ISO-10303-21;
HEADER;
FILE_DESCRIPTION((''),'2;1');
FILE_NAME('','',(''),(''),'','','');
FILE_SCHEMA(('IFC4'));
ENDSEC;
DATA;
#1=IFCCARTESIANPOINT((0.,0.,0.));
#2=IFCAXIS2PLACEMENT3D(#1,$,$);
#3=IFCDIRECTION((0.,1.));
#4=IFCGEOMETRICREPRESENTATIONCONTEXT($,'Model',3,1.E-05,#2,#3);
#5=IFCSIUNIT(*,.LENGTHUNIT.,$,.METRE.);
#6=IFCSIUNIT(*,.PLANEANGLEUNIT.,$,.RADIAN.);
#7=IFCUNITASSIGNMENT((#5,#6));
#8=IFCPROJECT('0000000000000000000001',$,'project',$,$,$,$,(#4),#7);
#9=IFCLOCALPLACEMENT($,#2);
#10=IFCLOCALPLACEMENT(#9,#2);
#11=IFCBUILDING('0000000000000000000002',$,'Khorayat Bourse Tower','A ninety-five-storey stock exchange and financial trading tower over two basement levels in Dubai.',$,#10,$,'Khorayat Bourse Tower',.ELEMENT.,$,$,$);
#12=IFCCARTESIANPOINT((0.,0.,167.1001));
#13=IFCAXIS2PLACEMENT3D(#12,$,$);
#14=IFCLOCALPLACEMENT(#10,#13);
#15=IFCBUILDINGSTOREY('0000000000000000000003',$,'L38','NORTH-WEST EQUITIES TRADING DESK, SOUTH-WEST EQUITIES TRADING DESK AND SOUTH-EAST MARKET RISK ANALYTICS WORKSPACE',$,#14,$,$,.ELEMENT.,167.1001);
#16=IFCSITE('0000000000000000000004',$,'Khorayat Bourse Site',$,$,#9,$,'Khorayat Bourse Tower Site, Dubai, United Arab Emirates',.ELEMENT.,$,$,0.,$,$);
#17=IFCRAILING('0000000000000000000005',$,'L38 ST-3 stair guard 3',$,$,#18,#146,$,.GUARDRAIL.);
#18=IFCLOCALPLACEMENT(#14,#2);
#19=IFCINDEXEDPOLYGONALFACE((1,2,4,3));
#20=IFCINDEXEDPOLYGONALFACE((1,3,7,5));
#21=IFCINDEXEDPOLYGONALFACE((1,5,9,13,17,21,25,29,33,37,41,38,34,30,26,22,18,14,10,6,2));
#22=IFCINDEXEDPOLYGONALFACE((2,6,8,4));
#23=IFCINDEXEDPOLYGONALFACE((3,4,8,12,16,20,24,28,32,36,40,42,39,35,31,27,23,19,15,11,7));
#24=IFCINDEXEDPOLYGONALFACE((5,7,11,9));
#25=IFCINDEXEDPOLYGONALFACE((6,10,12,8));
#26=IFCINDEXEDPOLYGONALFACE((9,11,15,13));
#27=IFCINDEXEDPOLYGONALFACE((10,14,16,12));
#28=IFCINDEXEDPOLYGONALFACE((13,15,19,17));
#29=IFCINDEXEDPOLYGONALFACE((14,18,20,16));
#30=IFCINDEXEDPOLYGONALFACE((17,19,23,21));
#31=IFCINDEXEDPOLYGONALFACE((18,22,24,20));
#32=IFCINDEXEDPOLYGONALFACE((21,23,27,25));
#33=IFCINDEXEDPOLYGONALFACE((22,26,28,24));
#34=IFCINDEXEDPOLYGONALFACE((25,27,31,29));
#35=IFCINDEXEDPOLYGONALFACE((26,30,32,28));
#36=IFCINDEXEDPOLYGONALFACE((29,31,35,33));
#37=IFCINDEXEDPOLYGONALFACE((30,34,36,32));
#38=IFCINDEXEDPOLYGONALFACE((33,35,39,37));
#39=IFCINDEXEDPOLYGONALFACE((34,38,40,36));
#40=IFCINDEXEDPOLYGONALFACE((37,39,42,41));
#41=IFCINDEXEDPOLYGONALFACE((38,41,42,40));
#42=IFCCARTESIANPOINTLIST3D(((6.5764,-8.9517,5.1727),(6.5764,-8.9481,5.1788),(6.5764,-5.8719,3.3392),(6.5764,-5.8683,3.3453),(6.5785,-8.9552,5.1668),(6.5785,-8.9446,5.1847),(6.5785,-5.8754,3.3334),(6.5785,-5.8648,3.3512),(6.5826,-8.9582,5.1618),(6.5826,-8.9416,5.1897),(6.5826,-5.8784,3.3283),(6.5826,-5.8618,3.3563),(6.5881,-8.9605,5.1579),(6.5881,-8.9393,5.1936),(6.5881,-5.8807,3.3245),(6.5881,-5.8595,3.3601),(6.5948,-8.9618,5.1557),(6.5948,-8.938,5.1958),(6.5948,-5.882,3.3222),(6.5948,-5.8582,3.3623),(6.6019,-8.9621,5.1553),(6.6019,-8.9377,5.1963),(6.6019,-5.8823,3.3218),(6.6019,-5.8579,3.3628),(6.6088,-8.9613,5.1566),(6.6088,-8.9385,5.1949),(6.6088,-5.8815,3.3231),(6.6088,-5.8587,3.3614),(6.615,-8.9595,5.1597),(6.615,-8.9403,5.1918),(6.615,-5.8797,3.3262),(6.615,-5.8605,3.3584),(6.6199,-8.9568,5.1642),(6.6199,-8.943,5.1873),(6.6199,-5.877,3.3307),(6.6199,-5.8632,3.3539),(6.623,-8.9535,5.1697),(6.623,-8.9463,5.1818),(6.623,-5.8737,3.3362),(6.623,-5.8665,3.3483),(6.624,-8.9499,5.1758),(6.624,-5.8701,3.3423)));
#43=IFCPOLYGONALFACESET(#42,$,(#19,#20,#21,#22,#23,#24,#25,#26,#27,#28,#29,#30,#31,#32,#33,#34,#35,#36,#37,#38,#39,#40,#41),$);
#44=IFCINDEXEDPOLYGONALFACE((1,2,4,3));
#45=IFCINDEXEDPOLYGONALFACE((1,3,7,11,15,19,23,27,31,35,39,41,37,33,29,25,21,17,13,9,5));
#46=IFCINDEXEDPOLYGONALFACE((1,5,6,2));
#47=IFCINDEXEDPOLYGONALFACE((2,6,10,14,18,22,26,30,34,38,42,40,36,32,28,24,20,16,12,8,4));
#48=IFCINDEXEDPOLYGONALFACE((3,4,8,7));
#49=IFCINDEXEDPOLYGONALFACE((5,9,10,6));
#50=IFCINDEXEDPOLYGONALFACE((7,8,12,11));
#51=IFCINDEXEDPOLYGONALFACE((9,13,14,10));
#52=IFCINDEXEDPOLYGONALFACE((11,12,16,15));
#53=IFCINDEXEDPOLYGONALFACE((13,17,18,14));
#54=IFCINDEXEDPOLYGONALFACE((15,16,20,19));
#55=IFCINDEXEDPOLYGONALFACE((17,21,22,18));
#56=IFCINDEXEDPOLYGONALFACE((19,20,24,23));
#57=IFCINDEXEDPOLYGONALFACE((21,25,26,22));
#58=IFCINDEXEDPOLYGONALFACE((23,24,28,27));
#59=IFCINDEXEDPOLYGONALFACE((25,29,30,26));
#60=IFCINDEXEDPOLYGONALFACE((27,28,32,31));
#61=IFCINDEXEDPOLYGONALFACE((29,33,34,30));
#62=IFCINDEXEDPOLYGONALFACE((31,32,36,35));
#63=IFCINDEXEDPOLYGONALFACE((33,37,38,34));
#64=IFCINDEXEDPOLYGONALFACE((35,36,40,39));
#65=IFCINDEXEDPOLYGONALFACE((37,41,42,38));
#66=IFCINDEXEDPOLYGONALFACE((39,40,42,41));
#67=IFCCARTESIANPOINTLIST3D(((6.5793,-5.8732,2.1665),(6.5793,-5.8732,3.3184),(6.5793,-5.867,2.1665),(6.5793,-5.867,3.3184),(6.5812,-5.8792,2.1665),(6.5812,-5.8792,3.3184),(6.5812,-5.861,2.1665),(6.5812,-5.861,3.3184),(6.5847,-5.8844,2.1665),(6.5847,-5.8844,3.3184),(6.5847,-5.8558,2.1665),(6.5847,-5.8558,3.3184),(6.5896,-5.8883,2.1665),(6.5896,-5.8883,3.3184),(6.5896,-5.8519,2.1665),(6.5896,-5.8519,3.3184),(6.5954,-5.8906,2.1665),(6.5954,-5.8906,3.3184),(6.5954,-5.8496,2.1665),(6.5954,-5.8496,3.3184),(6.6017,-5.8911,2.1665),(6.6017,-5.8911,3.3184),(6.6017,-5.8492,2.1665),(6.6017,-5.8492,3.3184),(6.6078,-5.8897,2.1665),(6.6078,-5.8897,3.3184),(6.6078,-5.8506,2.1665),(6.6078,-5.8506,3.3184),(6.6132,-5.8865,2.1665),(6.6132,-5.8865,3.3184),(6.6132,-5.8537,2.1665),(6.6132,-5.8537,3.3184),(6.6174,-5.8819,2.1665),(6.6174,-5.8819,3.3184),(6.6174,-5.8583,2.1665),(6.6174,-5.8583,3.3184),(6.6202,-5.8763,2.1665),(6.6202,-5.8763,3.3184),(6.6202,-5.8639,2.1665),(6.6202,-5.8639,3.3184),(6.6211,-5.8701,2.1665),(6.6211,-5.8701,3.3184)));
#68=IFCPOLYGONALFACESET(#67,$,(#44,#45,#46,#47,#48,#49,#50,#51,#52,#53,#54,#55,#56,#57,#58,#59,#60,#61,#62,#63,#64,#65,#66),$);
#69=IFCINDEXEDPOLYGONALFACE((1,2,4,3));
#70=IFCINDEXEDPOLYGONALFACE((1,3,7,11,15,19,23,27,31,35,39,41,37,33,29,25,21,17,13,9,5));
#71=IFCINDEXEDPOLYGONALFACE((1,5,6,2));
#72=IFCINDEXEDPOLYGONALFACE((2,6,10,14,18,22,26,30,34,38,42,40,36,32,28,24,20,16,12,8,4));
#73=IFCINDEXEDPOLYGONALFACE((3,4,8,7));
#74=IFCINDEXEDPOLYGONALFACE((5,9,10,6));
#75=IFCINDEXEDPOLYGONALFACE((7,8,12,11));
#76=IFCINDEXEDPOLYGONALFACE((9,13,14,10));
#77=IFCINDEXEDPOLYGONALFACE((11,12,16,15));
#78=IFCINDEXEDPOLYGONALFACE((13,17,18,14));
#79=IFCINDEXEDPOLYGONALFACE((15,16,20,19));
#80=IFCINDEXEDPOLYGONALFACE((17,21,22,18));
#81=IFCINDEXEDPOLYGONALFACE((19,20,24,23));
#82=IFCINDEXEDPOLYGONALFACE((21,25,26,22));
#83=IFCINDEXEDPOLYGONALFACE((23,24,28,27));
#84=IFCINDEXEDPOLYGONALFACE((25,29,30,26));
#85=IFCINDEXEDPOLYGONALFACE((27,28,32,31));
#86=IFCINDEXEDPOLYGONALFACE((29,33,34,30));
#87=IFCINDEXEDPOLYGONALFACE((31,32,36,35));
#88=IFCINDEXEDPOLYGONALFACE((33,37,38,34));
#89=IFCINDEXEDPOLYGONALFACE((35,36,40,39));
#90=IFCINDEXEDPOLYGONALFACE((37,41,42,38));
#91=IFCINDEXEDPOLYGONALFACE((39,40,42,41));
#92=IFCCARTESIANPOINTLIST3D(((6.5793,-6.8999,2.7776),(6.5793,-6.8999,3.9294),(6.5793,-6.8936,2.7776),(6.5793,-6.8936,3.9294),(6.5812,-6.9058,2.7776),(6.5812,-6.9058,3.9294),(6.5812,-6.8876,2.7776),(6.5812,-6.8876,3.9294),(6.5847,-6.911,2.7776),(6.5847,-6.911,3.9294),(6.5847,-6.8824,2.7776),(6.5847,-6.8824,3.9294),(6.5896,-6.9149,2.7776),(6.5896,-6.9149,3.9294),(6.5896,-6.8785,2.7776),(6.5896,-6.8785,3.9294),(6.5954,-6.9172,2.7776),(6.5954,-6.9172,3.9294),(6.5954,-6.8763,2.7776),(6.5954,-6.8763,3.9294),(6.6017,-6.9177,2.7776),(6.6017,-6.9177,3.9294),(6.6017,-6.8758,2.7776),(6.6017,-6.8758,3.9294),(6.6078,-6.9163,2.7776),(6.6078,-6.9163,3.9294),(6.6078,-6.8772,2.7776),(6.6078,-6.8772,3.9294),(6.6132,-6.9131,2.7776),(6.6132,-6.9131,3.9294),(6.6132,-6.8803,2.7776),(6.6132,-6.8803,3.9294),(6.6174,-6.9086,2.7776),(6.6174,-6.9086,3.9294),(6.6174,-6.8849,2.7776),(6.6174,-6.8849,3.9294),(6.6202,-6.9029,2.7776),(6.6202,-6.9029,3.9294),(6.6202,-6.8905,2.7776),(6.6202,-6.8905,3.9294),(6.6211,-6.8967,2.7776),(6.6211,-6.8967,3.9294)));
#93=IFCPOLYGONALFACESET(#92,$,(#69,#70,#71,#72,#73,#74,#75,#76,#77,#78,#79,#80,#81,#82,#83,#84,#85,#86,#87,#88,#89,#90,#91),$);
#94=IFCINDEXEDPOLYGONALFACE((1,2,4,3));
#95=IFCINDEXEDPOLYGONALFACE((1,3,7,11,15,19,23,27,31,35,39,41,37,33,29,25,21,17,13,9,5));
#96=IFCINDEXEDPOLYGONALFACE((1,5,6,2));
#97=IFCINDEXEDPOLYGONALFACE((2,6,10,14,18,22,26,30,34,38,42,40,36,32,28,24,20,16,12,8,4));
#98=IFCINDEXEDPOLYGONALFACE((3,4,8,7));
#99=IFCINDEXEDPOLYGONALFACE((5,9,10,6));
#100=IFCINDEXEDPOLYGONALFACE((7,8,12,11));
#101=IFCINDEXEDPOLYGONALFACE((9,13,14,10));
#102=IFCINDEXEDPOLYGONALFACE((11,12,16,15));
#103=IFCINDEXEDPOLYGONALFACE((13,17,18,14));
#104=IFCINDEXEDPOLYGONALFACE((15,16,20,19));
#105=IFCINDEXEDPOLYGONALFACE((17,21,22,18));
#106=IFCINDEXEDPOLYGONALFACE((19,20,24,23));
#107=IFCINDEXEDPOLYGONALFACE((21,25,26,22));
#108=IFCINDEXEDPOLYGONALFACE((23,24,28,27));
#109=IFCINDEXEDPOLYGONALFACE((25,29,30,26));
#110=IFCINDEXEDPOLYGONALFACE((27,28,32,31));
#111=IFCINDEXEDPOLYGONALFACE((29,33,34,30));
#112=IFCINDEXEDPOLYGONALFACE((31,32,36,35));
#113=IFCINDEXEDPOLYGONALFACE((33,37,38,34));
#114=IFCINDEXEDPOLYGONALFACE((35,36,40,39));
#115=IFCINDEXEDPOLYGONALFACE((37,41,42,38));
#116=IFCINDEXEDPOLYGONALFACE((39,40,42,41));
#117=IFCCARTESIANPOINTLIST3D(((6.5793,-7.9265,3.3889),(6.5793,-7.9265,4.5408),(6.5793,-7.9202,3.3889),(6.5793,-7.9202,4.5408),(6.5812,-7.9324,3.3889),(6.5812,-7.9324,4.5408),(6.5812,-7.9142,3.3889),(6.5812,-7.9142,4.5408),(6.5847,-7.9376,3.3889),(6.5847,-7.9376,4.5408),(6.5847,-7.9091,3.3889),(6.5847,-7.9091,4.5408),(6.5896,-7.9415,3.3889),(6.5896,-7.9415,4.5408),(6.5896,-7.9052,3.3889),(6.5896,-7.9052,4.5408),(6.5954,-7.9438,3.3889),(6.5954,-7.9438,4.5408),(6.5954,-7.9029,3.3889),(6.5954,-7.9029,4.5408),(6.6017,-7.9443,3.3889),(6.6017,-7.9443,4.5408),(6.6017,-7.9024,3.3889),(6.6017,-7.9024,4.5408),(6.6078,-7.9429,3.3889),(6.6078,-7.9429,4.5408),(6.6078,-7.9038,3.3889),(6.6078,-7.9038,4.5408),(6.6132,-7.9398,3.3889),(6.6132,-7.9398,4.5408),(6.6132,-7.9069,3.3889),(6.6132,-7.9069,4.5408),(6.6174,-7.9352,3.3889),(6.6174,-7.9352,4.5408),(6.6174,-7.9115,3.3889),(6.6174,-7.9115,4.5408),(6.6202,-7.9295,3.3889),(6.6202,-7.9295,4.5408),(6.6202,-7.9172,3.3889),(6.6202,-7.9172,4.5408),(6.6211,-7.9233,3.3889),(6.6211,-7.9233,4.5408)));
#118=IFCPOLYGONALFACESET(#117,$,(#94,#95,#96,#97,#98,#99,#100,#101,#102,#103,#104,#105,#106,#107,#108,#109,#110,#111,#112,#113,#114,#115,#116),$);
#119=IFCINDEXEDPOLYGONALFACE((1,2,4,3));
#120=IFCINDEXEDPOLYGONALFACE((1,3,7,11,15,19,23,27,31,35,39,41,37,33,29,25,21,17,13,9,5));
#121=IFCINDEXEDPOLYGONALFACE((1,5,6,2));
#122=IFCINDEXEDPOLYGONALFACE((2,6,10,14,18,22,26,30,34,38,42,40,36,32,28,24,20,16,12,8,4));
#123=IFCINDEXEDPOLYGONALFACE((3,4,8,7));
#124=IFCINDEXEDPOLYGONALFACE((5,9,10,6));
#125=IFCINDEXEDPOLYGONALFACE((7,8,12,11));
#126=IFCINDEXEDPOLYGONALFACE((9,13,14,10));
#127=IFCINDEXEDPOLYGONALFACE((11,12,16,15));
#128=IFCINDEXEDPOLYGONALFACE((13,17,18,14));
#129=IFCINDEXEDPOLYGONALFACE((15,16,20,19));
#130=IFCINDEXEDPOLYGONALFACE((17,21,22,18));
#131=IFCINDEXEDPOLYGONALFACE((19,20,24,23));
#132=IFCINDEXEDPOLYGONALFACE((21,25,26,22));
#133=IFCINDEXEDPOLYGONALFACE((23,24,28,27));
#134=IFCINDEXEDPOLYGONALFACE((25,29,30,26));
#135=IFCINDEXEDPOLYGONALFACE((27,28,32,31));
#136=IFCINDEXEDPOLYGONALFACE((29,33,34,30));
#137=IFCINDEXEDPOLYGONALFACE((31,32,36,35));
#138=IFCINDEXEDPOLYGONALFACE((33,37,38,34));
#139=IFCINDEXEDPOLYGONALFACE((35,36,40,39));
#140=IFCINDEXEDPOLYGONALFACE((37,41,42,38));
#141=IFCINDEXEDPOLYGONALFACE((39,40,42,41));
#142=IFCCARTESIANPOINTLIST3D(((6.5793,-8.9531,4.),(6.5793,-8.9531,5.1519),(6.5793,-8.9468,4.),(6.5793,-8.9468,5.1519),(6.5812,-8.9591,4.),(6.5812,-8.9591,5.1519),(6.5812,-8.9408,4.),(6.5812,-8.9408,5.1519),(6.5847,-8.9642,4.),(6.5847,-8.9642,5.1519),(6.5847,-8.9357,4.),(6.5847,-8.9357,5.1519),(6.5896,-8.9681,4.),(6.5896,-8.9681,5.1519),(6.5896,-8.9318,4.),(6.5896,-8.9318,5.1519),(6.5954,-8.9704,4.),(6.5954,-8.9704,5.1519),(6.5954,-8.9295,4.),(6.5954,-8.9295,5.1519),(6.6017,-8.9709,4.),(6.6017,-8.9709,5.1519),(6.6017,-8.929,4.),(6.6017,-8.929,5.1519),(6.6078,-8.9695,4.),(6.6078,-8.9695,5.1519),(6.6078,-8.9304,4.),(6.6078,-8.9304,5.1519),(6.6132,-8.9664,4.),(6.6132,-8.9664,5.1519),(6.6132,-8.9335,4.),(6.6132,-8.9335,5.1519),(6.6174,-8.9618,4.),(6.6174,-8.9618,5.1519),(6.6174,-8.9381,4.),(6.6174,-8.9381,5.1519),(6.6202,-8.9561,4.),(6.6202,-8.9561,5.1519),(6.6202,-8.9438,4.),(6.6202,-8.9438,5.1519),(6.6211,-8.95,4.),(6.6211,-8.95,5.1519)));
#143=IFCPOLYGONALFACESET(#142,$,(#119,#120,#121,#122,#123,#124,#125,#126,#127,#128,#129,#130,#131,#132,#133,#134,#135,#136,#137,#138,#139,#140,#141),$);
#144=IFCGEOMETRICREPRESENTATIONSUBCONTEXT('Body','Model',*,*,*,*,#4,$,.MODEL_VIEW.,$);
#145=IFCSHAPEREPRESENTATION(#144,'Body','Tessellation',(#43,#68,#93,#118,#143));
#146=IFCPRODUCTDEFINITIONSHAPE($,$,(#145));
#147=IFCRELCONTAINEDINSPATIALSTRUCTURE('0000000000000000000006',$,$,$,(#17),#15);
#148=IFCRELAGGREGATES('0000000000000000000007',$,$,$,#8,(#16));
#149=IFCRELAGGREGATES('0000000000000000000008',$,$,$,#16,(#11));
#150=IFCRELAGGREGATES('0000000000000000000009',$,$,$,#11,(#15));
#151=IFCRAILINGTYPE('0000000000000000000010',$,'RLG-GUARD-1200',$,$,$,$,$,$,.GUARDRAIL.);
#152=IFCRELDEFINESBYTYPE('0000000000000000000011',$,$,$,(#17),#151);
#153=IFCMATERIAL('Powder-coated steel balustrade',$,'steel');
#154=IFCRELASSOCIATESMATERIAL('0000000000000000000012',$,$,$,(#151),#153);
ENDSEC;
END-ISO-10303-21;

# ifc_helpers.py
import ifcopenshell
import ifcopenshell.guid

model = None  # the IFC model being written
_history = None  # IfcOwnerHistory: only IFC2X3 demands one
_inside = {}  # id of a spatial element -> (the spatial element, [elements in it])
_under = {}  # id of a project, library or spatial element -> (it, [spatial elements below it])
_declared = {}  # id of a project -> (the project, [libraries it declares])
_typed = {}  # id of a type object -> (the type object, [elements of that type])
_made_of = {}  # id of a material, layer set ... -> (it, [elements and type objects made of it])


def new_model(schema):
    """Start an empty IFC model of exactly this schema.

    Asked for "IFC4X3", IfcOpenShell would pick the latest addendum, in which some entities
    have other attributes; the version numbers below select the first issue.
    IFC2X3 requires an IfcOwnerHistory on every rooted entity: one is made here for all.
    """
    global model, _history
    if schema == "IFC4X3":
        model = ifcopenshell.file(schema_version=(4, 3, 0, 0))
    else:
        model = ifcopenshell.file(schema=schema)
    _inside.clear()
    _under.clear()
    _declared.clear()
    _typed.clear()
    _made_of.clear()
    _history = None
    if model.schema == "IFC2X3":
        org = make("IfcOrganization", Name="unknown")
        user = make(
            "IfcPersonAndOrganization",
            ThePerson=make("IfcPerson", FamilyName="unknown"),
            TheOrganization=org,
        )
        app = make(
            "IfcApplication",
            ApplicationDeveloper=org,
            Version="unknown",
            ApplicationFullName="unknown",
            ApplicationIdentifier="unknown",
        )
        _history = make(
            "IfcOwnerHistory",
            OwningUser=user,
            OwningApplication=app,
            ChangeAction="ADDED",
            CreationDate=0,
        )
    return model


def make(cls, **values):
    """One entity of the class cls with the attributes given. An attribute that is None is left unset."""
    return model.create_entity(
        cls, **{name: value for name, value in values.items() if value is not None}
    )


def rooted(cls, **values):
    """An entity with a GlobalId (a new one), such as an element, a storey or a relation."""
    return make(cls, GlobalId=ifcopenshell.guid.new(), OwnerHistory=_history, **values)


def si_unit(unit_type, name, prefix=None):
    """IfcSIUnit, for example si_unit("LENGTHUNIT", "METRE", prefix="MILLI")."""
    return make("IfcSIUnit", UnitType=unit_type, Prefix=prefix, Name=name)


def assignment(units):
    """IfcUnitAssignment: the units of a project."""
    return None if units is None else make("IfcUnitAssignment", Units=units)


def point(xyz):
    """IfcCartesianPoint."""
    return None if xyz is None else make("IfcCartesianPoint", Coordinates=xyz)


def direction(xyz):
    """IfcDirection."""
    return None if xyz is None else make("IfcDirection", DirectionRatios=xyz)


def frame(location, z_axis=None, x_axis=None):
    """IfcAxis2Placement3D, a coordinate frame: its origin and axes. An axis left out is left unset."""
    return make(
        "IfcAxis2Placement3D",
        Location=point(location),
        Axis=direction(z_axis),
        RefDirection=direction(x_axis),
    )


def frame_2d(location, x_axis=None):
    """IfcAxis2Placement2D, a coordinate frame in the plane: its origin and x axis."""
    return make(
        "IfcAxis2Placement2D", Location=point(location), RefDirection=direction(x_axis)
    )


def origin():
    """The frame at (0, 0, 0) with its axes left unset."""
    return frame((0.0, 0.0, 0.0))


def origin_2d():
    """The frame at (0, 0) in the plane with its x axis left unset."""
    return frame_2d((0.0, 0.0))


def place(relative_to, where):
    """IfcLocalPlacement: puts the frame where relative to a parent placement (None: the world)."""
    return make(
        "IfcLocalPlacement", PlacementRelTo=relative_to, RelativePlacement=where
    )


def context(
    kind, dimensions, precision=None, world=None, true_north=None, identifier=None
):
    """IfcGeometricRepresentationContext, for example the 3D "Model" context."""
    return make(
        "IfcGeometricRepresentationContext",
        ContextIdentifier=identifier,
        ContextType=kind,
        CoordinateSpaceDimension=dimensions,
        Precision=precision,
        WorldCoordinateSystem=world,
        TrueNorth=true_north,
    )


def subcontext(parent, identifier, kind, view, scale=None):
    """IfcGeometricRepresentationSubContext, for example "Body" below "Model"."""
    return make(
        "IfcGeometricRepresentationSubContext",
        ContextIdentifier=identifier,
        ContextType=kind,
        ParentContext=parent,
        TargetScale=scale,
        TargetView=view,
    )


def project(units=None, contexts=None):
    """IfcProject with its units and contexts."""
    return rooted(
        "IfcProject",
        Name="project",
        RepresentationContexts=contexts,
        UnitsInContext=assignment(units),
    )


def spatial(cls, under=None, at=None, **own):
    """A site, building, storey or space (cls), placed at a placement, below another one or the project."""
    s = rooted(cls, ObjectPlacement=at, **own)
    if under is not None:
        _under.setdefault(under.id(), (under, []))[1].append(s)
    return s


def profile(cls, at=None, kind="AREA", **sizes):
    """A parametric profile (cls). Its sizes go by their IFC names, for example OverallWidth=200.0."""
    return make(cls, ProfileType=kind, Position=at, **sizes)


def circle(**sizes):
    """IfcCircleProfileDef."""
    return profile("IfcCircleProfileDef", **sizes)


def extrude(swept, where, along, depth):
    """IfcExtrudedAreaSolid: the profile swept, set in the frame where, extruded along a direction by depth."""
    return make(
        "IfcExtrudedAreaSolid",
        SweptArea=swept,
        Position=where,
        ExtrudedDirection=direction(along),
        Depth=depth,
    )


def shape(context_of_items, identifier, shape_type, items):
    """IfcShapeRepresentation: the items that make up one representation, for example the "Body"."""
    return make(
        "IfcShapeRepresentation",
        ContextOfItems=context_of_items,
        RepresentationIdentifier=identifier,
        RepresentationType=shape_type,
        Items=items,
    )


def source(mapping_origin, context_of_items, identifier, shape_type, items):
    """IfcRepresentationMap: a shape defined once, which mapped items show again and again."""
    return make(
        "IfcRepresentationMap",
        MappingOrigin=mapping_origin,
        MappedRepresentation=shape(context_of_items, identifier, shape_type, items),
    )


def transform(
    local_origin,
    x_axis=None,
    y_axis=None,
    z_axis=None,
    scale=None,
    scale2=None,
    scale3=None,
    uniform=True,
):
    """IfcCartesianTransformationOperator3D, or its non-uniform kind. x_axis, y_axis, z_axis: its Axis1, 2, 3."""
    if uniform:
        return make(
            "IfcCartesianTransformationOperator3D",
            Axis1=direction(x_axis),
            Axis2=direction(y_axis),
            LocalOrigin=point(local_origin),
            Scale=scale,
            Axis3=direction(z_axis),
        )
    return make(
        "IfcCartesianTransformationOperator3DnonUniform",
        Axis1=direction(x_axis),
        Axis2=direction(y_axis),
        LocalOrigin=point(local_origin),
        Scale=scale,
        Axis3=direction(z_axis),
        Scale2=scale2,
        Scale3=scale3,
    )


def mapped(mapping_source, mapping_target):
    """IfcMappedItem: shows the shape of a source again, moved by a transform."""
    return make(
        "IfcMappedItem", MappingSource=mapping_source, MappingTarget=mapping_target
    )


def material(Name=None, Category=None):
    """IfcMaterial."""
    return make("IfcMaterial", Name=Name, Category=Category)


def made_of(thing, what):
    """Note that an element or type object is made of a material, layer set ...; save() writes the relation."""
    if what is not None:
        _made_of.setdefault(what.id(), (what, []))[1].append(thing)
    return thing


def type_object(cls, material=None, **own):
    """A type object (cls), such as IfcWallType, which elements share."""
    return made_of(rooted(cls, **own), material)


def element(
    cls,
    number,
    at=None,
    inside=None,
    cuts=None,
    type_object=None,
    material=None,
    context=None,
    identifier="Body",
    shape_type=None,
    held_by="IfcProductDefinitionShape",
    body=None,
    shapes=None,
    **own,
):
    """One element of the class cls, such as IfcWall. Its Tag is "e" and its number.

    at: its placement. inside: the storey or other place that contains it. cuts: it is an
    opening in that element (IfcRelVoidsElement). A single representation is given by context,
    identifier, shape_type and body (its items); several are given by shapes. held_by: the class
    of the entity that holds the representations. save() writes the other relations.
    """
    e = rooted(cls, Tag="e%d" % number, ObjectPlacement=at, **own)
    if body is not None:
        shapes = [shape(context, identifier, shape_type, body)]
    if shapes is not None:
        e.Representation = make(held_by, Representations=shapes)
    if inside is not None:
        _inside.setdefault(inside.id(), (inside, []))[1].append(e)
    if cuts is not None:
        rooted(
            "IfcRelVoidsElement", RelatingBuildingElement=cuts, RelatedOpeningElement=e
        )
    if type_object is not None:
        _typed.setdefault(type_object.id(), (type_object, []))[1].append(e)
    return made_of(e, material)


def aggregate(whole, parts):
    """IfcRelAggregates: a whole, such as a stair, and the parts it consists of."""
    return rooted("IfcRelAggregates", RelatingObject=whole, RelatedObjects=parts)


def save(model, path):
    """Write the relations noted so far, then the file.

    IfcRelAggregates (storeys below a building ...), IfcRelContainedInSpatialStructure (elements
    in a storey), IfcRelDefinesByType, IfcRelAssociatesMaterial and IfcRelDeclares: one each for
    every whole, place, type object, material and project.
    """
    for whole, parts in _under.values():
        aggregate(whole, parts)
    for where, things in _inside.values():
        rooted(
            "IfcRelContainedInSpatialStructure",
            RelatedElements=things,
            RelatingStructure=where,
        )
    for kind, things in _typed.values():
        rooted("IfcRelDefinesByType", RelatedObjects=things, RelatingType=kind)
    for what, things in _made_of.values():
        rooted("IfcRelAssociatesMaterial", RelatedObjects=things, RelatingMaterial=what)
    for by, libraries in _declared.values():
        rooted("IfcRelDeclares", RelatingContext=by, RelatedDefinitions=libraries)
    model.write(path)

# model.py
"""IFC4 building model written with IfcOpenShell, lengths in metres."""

from ifc_helpers import new_model, si_unit, direction, frame, origin, origin_2d, place, context, subcontext, project, spatial, circle, extrude, source, transform, mapped, material, type_object, element, save


model = new_model("IFC4")

# Units and contexts
model_context = context("Model", 3, precision=1e-05, world=origin(), true_north=direction((0.0, 1.0)))
body_context = subcontext(model_context, "Body", "Model", "MODEL_VIEW")
ifc_project = project(units=[si_unit("LENGTHUNIT", "METRE"), si_unit("PLANEANGLEUNIT", "RADIAN")], contexts=[model_context])

# Site, building, storey
site_placement = place(None, origin())
site = spatial("IfcSite", under=ifc_project, at=site_placement, Name="Khorayat Bourse Site", LongName="Khorayat Bourse Tower Site, Dubai, United Arab Emirates", CompositionType="ELEMENT", RefElevation=0.0)
building_placement = place(site_placement, origin())
building = spatial("IfcBuilding", under=site, at=building_placement, Name="Khorayat Bourse Tower", Description="A ninety-five-storey stock exchange and financial trading tower over two basement levels in Dubai.", LongName="Khorayat Bourse Tower", CompositionType="ELEMENT")
storey_placement = place(building_placement, frame((0.0, 0.0, 167.1001)))
storey = spatial("IfcBuildingStorey", under=building, at=storey_placement, Name="L38", Description="NORTH-WEST EQUITIES TRADING DESK, SOUTH-WEST EQUITIES TRADING DESK AND SOUTH-EAST MARKET RISK ANALYTICS WORKSPACE", CompositionType="ELEMENT", Elevation=167.1001)

# Railing
ifc_material_1 = material(Name="Powder-coated steel balustrade", Category="steel")
railing_type_1 = type_object("IfcRailingType", Name="RLG-GUARD-1200", PredefinedType="GUARDRAIL", material=ifc_material_1)
shared_shape_1 = source(origin(), body_context, "Body", "SweptSolid", [
    extrude(circle(Radius=0.0239, at=origin_2d()), frame((0.0, 0.0, 1.1758), z_axis=(0.0, -0.859261, 0.511538), x_axis=(1.0, 0.0, 0.0)), (0.0, 0.0, 1.0), 3.5842),
    extrude(circle(Radius=0.021, at=origin_2d()), origin(), (0.0, 0.0, 1.0), 1.1519),
    extrude(circle(Radius=0.021, at=origin_2d()), frame((0.0, -1.0266, 0.6111)), (0.0, 0.0, 1.0), 1.1519),
    extrude(circle(Radius=0.021, at=origin_2d()), frame((0.0, -2.0532, 1.2224)), (0.0, 0.0, 1.0), 1.1519),
    extrude(circle(Radius=0.021, at=origin_2d()), frame((0.0, -3.0798, 1.8335)), (0.0, 0.0, 1.0), 1.1519),
])
railing_1_placement = place(storey_placement, frame((6.6001, -5.8701, 2.1665)))
element("IfcRailing", 1, at=railing_1_placement, inside=storey, type_object=railing_type_1, Name="L38 ST-3 stair guard 3", PredefinedType="GUARDRAIL", context=body_context, shape_type="MappedRepresentation", body=[
    mapped(shared_shape_1, transform((0.0, 0.0, 0.0), scale=1.0)),
])

save(model, "model.ifc")
